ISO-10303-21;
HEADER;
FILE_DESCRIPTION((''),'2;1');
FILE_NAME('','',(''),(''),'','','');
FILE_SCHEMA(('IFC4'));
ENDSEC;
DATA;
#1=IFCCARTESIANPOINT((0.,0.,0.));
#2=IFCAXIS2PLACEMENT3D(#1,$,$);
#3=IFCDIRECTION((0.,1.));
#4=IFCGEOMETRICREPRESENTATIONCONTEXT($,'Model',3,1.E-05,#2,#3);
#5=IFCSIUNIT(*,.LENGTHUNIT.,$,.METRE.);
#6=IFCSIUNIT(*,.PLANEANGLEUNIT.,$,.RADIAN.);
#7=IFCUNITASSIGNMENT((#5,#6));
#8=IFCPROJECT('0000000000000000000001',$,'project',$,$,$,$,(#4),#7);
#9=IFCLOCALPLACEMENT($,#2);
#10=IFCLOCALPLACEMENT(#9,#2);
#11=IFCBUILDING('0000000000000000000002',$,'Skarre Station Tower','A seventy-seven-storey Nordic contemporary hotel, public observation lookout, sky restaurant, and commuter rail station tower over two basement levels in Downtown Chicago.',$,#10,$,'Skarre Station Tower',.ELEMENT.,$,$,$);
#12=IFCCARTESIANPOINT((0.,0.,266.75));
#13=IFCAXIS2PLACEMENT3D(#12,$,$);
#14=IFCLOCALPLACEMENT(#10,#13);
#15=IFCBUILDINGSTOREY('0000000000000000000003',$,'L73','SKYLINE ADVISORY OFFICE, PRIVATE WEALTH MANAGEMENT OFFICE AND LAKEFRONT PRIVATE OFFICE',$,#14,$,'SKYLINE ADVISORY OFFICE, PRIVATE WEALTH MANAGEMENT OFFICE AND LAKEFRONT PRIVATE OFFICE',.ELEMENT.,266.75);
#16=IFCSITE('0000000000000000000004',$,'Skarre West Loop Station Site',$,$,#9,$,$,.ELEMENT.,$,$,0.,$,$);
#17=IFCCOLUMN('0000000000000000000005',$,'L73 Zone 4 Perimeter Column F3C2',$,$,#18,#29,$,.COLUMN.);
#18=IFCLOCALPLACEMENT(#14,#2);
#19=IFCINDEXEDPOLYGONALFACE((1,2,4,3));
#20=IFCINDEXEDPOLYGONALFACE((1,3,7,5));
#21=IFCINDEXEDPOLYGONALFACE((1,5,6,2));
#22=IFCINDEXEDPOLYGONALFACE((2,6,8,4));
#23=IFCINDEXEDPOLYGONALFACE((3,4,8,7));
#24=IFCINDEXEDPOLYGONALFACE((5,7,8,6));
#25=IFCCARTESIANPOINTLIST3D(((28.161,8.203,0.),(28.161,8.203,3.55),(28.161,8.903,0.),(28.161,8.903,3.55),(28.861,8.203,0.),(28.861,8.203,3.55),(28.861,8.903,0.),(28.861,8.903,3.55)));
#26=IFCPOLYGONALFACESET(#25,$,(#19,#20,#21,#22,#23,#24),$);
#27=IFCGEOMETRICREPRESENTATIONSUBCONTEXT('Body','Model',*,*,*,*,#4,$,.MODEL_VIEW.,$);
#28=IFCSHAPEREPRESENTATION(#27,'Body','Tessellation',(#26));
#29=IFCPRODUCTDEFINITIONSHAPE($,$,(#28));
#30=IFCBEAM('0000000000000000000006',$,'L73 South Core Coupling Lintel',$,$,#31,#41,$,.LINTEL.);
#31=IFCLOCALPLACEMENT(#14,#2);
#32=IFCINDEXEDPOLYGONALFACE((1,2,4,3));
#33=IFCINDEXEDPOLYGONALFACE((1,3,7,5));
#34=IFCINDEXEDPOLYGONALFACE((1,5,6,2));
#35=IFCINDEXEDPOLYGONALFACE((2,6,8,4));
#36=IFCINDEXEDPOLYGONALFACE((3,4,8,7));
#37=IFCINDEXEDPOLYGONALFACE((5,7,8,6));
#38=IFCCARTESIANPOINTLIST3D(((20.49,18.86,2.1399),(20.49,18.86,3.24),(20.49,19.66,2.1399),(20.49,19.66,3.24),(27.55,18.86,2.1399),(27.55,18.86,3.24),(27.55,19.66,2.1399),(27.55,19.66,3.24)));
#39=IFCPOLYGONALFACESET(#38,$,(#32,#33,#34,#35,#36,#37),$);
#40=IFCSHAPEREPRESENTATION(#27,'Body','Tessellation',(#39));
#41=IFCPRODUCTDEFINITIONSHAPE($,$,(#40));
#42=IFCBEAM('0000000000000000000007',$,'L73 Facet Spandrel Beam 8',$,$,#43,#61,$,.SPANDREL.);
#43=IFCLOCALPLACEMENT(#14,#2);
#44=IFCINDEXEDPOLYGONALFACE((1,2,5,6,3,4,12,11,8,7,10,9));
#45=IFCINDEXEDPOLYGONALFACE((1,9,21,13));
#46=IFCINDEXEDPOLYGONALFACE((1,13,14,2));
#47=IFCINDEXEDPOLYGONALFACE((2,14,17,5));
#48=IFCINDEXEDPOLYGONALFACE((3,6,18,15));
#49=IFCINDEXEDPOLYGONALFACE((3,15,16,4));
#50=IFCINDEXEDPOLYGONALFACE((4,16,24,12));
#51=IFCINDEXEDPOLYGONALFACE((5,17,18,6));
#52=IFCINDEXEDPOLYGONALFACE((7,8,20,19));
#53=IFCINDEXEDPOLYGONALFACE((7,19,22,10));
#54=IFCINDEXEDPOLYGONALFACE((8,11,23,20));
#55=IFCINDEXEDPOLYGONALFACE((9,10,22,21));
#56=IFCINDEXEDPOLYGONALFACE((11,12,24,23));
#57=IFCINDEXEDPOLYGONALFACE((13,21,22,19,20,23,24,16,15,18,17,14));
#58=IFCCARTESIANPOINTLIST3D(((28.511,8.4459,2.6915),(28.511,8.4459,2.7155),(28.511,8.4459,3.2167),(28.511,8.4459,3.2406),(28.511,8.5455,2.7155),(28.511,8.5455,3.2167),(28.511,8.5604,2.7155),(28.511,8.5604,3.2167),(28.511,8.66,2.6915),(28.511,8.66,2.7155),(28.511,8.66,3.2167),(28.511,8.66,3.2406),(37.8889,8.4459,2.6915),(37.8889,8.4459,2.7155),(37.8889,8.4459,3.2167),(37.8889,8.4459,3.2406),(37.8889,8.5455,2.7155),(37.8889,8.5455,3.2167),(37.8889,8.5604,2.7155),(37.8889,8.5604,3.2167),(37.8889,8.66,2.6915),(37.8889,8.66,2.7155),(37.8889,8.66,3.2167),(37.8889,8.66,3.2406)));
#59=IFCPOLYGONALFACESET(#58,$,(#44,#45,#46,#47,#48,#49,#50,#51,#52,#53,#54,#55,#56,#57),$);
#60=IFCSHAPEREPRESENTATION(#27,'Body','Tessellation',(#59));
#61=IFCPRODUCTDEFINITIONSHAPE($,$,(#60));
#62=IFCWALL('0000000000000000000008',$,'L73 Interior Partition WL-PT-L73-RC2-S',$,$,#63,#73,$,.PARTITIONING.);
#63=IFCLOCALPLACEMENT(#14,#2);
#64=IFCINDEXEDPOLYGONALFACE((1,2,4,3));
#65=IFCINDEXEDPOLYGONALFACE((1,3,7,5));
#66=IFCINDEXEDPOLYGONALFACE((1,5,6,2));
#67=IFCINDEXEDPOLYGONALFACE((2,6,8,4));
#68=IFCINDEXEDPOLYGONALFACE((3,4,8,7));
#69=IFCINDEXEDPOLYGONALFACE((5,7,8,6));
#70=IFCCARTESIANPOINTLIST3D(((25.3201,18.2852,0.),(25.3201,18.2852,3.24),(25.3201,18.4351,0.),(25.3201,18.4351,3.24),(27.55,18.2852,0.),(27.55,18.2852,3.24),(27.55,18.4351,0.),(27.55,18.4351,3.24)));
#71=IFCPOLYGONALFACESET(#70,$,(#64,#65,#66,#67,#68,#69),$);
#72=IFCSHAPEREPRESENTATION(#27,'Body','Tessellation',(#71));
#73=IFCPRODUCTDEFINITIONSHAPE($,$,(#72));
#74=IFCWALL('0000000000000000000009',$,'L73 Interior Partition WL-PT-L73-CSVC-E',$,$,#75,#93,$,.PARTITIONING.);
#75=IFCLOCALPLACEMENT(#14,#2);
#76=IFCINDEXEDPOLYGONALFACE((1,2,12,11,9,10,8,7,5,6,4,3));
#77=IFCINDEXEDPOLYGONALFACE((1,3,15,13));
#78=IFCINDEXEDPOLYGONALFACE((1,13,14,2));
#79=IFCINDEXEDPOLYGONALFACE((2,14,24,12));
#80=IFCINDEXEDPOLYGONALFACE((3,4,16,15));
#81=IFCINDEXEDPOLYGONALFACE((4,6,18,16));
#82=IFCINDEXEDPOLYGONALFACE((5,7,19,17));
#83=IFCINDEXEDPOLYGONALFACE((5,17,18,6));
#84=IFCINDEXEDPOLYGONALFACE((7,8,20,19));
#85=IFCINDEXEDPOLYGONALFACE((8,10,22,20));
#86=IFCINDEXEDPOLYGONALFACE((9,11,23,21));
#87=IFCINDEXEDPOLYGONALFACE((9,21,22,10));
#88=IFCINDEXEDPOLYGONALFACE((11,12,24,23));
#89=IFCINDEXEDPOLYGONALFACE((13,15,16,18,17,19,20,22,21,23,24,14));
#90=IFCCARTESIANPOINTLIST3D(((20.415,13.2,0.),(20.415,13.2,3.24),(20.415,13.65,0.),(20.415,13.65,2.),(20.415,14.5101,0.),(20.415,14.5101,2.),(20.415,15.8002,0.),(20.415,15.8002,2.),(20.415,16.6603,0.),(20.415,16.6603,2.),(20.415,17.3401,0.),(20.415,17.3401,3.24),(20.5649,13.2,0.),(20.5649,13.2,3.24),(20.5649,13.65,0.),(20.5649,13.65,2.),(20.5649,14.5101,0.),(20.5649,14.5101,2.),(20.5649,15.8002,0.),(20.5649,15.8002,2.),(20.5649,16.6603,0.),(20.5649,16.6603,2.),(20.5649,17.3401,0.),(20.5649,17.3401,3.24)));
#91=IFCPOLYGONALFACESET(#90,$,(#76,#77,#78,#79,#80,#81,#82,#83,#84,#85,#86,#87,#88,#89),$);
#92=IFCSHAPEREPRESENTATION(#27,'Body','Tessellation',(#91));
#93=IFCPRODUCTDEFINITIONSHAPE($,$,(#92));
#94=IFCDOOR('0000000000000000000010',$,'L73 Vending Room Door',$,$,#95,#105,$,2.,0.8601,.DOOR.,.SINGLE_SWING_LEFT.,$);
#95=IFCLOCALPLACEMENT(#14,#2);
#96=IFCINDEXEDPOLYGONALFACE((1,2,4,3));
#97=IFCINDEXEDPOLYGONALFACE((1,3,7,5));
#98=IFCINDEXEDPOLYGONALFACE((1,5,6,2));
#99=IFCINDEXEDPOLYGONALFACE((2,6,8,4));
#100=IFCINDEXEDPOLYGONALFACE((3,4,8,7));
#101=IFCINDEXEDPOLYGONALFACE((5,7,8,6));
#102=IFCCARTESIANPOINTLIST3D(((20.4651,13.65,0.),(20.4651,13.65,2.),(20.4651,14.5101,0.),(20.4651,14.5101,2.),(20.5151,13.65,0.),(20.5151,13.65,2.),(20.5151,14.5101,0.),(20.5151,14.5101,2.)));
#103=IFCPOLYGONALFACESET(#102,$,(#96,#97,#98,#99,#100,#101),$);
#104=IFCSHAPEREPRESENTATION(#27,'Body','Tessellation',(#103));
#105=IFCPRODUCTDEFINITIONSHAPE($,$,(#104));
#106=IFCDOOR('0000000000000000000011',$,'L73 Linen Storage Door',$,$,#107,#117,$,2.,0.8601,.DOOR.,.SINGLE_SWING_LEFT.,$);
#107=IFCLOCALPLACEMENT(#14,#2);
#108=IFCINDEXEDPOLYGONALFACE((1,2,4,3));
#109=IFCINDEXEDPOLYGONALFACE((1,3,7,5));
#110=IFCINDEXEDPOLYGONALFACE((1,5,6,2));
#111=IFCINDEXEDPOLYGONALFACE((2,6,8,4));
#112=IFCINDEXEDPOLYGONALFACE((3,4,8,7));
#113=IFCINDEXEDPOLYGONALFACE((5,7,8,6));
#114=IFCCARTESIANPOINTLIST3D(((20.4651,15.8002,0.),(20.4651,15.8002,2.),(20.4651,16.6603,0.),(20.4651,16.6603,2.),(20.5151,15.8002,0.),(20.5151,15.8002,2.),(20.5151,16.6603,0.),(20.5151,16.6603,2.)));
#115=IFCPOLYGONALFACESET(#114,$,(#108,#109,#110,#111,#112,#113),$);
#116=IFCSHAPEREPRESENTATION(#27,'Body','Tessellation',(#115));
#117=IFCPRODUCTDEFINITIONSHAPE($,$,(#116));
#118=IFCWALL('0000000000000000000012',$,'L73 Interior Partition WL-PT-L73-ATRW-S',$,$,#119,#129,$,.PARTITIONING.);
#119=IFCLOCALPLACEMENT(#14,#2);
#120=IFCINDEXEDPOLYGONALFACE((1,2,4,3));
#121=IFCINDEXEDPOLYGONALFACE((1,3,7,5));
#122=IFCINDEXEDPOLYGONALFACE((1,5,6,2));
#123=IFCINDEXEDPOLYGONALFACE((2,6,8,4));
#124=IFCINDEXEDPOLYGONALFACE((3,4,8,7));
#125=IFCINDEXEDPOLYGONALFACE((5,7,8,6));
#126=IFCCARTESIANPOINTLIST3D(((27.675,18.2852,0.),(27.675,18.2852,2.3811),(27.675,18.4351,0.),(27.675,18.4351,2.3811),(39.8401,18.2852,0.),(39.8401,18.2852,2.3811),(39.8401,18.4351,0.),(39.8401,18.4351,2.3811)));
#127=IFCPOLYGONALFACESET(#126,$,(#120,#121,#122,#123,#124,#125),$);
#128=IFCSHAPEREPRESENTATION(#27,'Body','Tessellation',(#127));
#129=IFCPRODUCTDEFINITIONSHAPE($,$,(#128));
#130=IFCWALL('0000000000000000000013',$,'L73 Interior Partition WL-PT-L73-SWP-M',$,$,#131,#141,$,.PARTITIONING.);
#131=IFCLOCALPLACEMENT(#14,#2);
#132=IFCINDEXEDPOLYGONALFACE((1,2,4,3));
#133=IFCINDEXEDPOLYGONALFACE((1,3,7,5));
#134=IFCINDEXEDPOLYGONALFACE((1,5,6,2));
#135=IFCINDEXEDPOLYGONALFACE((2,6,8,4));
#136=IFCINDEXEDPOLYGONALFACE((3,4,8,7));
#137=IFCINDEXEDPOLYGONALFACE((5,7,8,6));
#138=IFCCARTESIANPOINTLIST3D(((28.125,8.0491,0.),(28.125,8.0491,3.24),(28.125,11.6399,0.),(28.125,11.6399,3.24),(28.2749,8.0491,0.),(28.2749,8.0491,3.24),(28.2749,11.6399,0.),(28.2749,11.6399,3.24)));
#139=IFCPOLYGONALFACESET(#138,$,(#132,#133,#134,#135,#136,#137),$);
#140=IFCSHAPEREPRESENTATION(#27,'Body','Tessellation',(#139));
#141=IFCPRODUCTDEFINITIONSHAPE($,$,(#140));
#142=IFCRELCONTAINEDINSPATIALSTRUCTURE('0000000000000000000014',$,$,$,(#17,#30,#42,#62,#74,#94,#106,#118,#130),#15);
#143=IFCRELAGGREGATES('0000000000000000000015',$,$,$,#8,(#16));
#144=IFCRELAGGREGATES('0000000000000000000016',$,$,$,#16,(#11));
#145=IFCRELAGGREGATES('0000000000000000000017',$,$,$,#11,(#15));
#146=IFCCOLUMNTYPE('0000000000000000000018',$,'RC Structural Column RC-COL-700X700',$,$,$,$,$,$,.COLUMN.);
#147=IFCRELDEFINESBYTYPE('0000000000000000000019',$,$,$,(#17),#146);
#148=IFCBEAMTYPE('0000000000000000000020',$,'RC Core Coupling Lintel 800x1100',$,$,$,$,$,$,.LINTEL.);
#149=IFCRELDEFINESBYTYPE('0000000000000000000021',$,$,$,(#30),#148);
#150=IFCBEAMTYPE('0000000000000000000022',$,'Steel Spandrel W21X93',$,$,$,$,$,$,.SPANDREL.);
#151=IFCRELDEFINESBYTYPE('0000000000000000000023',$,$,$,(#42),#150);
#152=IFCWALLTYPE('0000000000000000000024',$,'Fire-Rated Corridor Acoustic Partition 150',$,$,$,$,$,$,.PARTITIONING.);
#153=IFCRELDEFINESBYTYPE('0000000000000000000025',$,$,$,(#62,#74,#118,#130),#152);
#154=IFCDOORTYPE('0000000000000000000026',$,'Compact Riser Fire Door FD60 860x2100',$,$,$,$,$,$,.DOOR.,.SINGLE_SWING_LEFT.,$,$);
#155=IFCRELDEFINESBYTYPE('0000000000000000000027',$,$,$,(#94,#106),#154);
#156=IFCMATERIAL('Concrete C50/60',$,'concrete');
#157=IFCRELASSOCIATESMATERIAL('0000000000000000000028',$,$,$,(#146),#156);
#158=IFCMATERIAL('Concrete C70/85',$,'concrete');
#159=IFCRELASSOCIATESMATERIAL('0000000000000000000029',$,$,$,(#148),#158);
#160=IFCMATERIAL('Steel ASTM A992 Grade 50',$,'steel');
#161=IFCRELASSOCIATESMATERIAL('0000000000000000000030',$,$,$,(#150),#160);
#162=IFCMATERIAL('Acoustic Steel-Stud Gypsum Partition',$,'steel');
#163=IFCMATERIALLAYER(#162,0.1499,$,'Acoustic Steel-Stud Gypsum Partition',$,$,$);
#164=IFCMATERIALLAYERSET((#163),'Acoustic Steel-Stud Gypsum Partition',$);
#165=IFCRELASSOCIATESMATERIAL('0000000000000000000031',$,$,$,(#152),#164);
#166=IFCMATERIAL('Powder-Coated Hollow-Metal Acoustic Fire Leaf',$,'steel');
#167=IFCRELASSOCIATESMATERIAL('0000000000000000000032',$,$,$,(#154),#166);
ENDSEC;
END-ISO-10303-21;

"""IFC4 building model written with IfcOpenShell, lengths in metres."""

from ifc_helpers import new_model, si_unit, direction, frame, frame_2d, origin, origin_2d, place, context, subcontext, project, spatial, rectangle, i_section, extrude, material, layer, layer_set, material_profile, profile_set, type_object, element, fill, save


model = new_model("IFC4")

# Units and contexts
model_context = context("Model", 3, precision=1e-05, world=origin(), true_north=direction((0.0, 1.0)))
body_context = subcontext(model_context, "Body", "Model", "MODEL_VIEW")
ifc_project = project(units=[si_unit("LENGTHUNIT", "METRE"), si_unit("PLANEANGLEUNIT", "RADIAN")], contexts=[model_context])

# Site, building, storey
site_placement = place(None, origin())
site = spatial("IfcSite", under=ifc_project, at=site_placement, Name="Skarre West Loop Station Site", CompositionType="ELEMENT", RefElevation=0.0)
building_placement = place(site_placement, origin())
building = spatial("IfcBuilding", under=site, at=building_placement, Name="Skarre Station Tower", Description="A seventy-seven-storey Nordic contemporary hotel, public observation lookout, sky restaurant, and commuter rail station tower over two basement levels in Downtown Chicago.", LongName="Skarre Station Tower", CompositionType="ELEMENT")
storey_placement = place(building_placement, frame((0.0, 0.0, 266.75)))
storey = spatial("IfcBuildingStorey", under=building, at=storey_placement, Name="L73", Description="SKYLINE ADVISORY OFFICE, PRIVATE WEALTH MANAGEMENT OFFICE AND LAKEFRONT PRIVATE OFFICE", LongName="SKYLINE ADVISORY OFFICE, PRIVATE WEALTH MANAGEMENT OFFICE AND LAKEFRONT PRIVATE OFFICE", CompositionType="ELEMENT", Elevation=266.75)

# Column
ifc_material_1 = material(Name="Concrete C50/60", Category="concrete")
ifc_material_profile_1 = material_profile(ifc_material_1, rectangle(XDim=0.7, YDim=0.7, at=origin_2d()), Name="Concrete C50/60")
ifc_profile_set_1 = profile_set([ifc_material_profile_1], Name="Concrete C50/60")
column_type = type_object("IfcColumnType", Name="RC Structural Column RC-COL-700X700", PredefinedType="COLUMN", material=ifc_profile_set_1)
column_placement = place(storey_placement, frame((28.511, 8.553, 0.0), z_axis=(0.0, 0.0, 1.0), x_axis=(1.0, 0.0, 0.0)))
element("IfcColumn", 1, at=column_placement, inside=storey, type_object=column_type, Name="L73 Zone 4 Perimeter Column F3C2", PredefinedType="COLUMN", context=body_context, shape_type="SweptSolid", body=[
    extrude(rectangle(XDim=0.7, YDim=0.7, at=origin_2d()), origin(), (0.0, 0.0, 1.0), 3.55),
])

# Beams
ifc_material_2 = material(Name="Concrete C70/85", Category="concrete")
ifc_material_profile_2 = material_profile(ifc_material_2, rectangle(XDim=0.8, YDim=1.1001, at=origin_2d()), Name="Concrete C70/85")
ifc_profile_set_2 = profile_set([ifc_material_profile_2], Name="Concrete C70/85")
beam_type_1 = type_object("IfcBeamType", Name="RC Core Coupling Lintel 800x1100", PredefinedType="LINTEL", material=ifc_profile_set_2)
beam_1_placement = place(storey_placement, frame((20.49, 19.26, 2.6899), z_axis=(1.0, 0.0, 0.0), x_axis=(0.0, 1.0, 0.0)))
element("IfcBeam", 2, at=beam_1_placement, inside=storey, type_object=beam_type_1, Name="L73 South Core Coupling Lintel", PredefinedType="LINTEL", context=body_context, shape_type="SweptSolid", body=[
    extrude(rectangle(XDim=0.8, YDim=1.1001, at=origin_2d()), origin(), (0.0, 0.0, 1.0), 7.0601),
])
ifc_material_3 = material(Name="Steel ASTM A992 Grade 50", Category="steel")
ifc_material_profile_3 = material_profile(ifc_material_3, i_section(OverallWidth=0.2141, OverallDepth=0.5491, WebThickness=0.0149, FlangeThickness=0.0239, at=origin_2d()), Name="Steel ASTM A992 Grade 50")
ifc_profile_set_3 = profile_set([ifc_material_profile_3], Name="Steel ASTM A992 Grade 50")
beam_type_2 = type_object("IfcBeamType", Name="Steel Spandrel W21X93", PredefinedType="SPANDREL", material=ifc_profile_set_3)
beam_2_placement = place(storey_placement, frame((28.511, 8.553, 2.9661), z_axis=(1.0, 0.0, 0.0), x_axis=(0.0, 1.0, 0.0)))
element("IfcBeam", 3, at=beam_2_placement, inside=storey, type_object=beam_type_2, Name="L73 Facet Spandrel Beam 8", PredefinedType="SPANDREL", context=body_context, shape_type="SweptSolid", body=[
    extrude(i_section(OverallWidth=0.2141, OverallDepth=0.5491, WebThickness=0.0149, FlangeThickness=0.0239, at=origin_2d()), origin(), (0.0, 0.0, 1.0), 9.3779),
])

# Wall
ifc_material_4 = material(Name="Acoustic Steel-Stud Gypsum Partition", Category="steel")
ifc_layer_1 = layer(ifc_material_4, 0.1499, Name="Acoustic Steel-Stud Gypsum Partition")
ifc_layer_set_1 = layer_set([ifc_layer_1], Name="Acoustic Steel-Stud Gypsum Partition")
wall_type_1 = type_object("IfcWallType", Name="Fire-Rated Corridor Acoustic Partition 150", PredefinedType="PARTITIONING", material=ifc_layer_set_1)
wall_1_placement = place(storey_placement, frame((25.3201, 18.3601, 0.0), z_axis=(0.0, 0.0, 1.0), x_axis=(1.0, 0.0, 0.0)))
element("IfcWall", 4, at=wall_1_placement, inside=storey, type_object=wall_type_1, Name="L73 Interior Partition WL-PT-L73-RC2-S", PredefinedType="PARTITIONING", context=body_context, shape_type="SweptSolid", body=[
    extrude(rectangle(XDim=2.23, YDim=0.1499, at=frame_2d((1.115, 0.0))), origin(), (0.0, 0.0, 1.0), 3.24),
])

# Wall, openings, doors
wall_2_placement = place(storey_placement, frame((20.49, 13.2, 0.0), z_axis=(0.0, 0.0, 1.0), x_axis=(0.0, 1.0, 0.0)))
wall_2 = element("IfcWall", 5, at=wall_2_placement, inside=storey, type_object=wall_type_1, Name="L73 Interior Partition WL-PT-L73-CSVC-E", PredefinedType="PARTITIONING", context=body_context, shape_type="SweptSolid", body=[
    extrude(rectangle(XDim=4.1401, YDim=0.1499, at=frame_2d((2.0701, 0.0))), origin(), (0.0, 0.0, 1.0), 3.24),
])
opening_1_placement = place(wall_2_placement, frame((0.45, 0.0, 0.0)))
opening_1 = element("IfcOpeningElement", 6, at=opening_1_placement, cuts=wall_2, PredefinedType="OPENING", context=body_context, shape_type="SweptSolid", body=[
    extrude(rectangle(XDim=0.8601, YDim=2.0, at=frame_2d((0.4302, 1.0))), frame((0.0, 0.085, 0.0), z_axis=(0.0, -1.0, 0.0), x_axis=(1.0, 0.0, 0.0)), (0.0, 0.0, 1.0), 0.1699),
])
opening_2_placement = place(wall_2_placement, frame((2.6001, 0.0, 0.0)))
opening_2 = element("IfcOpeningElement", 7, at=opening_2_placement, cuts=wall_2, PredefinedType="OPENING", context=body_context, shape_type="SweptSolid", body=[
    extrude(rectangle(XDim=0.8601, YDim=2.0, at=frame_2d((0.4302, 1.0))), frame((0.0, 0.085, 0.0), z_axis=(0.0, -1.0, 0.0), x_axis=(1.0, 0.0, 0.0)), (0.0, 0.0, 1.0), 0.1699),
])
ifc_material_5 = material(Name="Powder-Coated Hollow-Metal Acoustic Fire Leaf", Category="steel")
door_type_1 = type_object("IfcDoorType", Name="Compact Riser Fire Door FD60 860x2100", OperationType="SINGLE_SWING_LEFT", PredefinedType="DOOR", material=ifc_material_5)
door_1_placement = place(opening_1_placement, origin())
door_1 = element("IfcDoor", 8, at=door_1_placement, inside=storey, type_object=door_type_1, Name="L73 Vending Room Door", OperationType="SINGLE_SWING_LEFT", OverallHeight=2.0, OverallWidth=0.8601, PredefinedType="DOOR", context=body_context, shape_type="SweptSolid", body=[
    extrude(rectangle(XDim=0.8601, YDim=2.0, at=frame_2d((0.4302, 1.0))), frame((0.0, 0.0249, 0.0), z_axis=(0.0, -1.0, 0.0), x_axis=(1.0, 0.0, 0.0)), (0.0, 0.0, 1.0), 0.05),
])
fill(opening_1, door_1)
door_2_placement = place(opening_2_placement, origin())
door_2 = element("IfcDoor", 9, at=door_2_placement, inside=storey, type_object=door_type_1, Name="L73 Linen Storage Door", OperationType="SINGLE_SWING_LEFT", OverallHeight=2.0, OverallWidth=0.8601, PredefinedType="DOOR", context=body_context, shape_type="SweptSolid", body=[
    extrude(rectangle(XDim=0.8601, YDim=2.0, at=frame_2d((0.4302, 1.0))), frame((0.0, 0.0249, 0.0), z_axis=(0.0, -1.0, 0.0), x_axis=(1.0, 0.0, 0.0)), (0.0, 0.0, 1.0), 0.05),
])
fill(opening_2, door_2)

# Walls
wall_3_placement = place(storey_placement, frame((27.675, 18.3601, 0.0), z_axis=(0.0, 0.0, 1.0), x_axis=(1.0, 0.0, 0.0)))
element("IfcWall", 10, at=wall_3_placement, inside=storey, type_object=wall_type_1, Name="L73 Interior Partition WL-PT-L73-ATRW-S", PredefinedType="PARTITIONING", context=body_context, shape_type="SweptSolid", body=[
    extrude(rectangle(XDim=12.165, YDim=0.1499, at=frame_2d((6.0825, 0.0))), origin(), (0.0, 0.0, 1.0), 2.3811),
])
wall_4_placement = place(storey_placement, frame((28.2, 8.0491, 0.0), z_axis=(0.0, 0.0, 1.0), x_axis=(0.0, 1.0, 0.0)))
element("IfcWall", 11, at=wall_4_placement, inside=storey, type_object=wall_type_1, Name="L73 Interior Partition WL-PT-L73-SWP-M", PredefinedType="PARTITIONING", context=body_context, shape_type="SweptSolid", body=[
    extrude(rectangle(XDim=3.5908, YDim=0.1499, at=frame_2d((1.7954, 0.0))), origin(), (0.0, 0.0, 1.0), 3.24),
])

save(model, "model.ifc")
